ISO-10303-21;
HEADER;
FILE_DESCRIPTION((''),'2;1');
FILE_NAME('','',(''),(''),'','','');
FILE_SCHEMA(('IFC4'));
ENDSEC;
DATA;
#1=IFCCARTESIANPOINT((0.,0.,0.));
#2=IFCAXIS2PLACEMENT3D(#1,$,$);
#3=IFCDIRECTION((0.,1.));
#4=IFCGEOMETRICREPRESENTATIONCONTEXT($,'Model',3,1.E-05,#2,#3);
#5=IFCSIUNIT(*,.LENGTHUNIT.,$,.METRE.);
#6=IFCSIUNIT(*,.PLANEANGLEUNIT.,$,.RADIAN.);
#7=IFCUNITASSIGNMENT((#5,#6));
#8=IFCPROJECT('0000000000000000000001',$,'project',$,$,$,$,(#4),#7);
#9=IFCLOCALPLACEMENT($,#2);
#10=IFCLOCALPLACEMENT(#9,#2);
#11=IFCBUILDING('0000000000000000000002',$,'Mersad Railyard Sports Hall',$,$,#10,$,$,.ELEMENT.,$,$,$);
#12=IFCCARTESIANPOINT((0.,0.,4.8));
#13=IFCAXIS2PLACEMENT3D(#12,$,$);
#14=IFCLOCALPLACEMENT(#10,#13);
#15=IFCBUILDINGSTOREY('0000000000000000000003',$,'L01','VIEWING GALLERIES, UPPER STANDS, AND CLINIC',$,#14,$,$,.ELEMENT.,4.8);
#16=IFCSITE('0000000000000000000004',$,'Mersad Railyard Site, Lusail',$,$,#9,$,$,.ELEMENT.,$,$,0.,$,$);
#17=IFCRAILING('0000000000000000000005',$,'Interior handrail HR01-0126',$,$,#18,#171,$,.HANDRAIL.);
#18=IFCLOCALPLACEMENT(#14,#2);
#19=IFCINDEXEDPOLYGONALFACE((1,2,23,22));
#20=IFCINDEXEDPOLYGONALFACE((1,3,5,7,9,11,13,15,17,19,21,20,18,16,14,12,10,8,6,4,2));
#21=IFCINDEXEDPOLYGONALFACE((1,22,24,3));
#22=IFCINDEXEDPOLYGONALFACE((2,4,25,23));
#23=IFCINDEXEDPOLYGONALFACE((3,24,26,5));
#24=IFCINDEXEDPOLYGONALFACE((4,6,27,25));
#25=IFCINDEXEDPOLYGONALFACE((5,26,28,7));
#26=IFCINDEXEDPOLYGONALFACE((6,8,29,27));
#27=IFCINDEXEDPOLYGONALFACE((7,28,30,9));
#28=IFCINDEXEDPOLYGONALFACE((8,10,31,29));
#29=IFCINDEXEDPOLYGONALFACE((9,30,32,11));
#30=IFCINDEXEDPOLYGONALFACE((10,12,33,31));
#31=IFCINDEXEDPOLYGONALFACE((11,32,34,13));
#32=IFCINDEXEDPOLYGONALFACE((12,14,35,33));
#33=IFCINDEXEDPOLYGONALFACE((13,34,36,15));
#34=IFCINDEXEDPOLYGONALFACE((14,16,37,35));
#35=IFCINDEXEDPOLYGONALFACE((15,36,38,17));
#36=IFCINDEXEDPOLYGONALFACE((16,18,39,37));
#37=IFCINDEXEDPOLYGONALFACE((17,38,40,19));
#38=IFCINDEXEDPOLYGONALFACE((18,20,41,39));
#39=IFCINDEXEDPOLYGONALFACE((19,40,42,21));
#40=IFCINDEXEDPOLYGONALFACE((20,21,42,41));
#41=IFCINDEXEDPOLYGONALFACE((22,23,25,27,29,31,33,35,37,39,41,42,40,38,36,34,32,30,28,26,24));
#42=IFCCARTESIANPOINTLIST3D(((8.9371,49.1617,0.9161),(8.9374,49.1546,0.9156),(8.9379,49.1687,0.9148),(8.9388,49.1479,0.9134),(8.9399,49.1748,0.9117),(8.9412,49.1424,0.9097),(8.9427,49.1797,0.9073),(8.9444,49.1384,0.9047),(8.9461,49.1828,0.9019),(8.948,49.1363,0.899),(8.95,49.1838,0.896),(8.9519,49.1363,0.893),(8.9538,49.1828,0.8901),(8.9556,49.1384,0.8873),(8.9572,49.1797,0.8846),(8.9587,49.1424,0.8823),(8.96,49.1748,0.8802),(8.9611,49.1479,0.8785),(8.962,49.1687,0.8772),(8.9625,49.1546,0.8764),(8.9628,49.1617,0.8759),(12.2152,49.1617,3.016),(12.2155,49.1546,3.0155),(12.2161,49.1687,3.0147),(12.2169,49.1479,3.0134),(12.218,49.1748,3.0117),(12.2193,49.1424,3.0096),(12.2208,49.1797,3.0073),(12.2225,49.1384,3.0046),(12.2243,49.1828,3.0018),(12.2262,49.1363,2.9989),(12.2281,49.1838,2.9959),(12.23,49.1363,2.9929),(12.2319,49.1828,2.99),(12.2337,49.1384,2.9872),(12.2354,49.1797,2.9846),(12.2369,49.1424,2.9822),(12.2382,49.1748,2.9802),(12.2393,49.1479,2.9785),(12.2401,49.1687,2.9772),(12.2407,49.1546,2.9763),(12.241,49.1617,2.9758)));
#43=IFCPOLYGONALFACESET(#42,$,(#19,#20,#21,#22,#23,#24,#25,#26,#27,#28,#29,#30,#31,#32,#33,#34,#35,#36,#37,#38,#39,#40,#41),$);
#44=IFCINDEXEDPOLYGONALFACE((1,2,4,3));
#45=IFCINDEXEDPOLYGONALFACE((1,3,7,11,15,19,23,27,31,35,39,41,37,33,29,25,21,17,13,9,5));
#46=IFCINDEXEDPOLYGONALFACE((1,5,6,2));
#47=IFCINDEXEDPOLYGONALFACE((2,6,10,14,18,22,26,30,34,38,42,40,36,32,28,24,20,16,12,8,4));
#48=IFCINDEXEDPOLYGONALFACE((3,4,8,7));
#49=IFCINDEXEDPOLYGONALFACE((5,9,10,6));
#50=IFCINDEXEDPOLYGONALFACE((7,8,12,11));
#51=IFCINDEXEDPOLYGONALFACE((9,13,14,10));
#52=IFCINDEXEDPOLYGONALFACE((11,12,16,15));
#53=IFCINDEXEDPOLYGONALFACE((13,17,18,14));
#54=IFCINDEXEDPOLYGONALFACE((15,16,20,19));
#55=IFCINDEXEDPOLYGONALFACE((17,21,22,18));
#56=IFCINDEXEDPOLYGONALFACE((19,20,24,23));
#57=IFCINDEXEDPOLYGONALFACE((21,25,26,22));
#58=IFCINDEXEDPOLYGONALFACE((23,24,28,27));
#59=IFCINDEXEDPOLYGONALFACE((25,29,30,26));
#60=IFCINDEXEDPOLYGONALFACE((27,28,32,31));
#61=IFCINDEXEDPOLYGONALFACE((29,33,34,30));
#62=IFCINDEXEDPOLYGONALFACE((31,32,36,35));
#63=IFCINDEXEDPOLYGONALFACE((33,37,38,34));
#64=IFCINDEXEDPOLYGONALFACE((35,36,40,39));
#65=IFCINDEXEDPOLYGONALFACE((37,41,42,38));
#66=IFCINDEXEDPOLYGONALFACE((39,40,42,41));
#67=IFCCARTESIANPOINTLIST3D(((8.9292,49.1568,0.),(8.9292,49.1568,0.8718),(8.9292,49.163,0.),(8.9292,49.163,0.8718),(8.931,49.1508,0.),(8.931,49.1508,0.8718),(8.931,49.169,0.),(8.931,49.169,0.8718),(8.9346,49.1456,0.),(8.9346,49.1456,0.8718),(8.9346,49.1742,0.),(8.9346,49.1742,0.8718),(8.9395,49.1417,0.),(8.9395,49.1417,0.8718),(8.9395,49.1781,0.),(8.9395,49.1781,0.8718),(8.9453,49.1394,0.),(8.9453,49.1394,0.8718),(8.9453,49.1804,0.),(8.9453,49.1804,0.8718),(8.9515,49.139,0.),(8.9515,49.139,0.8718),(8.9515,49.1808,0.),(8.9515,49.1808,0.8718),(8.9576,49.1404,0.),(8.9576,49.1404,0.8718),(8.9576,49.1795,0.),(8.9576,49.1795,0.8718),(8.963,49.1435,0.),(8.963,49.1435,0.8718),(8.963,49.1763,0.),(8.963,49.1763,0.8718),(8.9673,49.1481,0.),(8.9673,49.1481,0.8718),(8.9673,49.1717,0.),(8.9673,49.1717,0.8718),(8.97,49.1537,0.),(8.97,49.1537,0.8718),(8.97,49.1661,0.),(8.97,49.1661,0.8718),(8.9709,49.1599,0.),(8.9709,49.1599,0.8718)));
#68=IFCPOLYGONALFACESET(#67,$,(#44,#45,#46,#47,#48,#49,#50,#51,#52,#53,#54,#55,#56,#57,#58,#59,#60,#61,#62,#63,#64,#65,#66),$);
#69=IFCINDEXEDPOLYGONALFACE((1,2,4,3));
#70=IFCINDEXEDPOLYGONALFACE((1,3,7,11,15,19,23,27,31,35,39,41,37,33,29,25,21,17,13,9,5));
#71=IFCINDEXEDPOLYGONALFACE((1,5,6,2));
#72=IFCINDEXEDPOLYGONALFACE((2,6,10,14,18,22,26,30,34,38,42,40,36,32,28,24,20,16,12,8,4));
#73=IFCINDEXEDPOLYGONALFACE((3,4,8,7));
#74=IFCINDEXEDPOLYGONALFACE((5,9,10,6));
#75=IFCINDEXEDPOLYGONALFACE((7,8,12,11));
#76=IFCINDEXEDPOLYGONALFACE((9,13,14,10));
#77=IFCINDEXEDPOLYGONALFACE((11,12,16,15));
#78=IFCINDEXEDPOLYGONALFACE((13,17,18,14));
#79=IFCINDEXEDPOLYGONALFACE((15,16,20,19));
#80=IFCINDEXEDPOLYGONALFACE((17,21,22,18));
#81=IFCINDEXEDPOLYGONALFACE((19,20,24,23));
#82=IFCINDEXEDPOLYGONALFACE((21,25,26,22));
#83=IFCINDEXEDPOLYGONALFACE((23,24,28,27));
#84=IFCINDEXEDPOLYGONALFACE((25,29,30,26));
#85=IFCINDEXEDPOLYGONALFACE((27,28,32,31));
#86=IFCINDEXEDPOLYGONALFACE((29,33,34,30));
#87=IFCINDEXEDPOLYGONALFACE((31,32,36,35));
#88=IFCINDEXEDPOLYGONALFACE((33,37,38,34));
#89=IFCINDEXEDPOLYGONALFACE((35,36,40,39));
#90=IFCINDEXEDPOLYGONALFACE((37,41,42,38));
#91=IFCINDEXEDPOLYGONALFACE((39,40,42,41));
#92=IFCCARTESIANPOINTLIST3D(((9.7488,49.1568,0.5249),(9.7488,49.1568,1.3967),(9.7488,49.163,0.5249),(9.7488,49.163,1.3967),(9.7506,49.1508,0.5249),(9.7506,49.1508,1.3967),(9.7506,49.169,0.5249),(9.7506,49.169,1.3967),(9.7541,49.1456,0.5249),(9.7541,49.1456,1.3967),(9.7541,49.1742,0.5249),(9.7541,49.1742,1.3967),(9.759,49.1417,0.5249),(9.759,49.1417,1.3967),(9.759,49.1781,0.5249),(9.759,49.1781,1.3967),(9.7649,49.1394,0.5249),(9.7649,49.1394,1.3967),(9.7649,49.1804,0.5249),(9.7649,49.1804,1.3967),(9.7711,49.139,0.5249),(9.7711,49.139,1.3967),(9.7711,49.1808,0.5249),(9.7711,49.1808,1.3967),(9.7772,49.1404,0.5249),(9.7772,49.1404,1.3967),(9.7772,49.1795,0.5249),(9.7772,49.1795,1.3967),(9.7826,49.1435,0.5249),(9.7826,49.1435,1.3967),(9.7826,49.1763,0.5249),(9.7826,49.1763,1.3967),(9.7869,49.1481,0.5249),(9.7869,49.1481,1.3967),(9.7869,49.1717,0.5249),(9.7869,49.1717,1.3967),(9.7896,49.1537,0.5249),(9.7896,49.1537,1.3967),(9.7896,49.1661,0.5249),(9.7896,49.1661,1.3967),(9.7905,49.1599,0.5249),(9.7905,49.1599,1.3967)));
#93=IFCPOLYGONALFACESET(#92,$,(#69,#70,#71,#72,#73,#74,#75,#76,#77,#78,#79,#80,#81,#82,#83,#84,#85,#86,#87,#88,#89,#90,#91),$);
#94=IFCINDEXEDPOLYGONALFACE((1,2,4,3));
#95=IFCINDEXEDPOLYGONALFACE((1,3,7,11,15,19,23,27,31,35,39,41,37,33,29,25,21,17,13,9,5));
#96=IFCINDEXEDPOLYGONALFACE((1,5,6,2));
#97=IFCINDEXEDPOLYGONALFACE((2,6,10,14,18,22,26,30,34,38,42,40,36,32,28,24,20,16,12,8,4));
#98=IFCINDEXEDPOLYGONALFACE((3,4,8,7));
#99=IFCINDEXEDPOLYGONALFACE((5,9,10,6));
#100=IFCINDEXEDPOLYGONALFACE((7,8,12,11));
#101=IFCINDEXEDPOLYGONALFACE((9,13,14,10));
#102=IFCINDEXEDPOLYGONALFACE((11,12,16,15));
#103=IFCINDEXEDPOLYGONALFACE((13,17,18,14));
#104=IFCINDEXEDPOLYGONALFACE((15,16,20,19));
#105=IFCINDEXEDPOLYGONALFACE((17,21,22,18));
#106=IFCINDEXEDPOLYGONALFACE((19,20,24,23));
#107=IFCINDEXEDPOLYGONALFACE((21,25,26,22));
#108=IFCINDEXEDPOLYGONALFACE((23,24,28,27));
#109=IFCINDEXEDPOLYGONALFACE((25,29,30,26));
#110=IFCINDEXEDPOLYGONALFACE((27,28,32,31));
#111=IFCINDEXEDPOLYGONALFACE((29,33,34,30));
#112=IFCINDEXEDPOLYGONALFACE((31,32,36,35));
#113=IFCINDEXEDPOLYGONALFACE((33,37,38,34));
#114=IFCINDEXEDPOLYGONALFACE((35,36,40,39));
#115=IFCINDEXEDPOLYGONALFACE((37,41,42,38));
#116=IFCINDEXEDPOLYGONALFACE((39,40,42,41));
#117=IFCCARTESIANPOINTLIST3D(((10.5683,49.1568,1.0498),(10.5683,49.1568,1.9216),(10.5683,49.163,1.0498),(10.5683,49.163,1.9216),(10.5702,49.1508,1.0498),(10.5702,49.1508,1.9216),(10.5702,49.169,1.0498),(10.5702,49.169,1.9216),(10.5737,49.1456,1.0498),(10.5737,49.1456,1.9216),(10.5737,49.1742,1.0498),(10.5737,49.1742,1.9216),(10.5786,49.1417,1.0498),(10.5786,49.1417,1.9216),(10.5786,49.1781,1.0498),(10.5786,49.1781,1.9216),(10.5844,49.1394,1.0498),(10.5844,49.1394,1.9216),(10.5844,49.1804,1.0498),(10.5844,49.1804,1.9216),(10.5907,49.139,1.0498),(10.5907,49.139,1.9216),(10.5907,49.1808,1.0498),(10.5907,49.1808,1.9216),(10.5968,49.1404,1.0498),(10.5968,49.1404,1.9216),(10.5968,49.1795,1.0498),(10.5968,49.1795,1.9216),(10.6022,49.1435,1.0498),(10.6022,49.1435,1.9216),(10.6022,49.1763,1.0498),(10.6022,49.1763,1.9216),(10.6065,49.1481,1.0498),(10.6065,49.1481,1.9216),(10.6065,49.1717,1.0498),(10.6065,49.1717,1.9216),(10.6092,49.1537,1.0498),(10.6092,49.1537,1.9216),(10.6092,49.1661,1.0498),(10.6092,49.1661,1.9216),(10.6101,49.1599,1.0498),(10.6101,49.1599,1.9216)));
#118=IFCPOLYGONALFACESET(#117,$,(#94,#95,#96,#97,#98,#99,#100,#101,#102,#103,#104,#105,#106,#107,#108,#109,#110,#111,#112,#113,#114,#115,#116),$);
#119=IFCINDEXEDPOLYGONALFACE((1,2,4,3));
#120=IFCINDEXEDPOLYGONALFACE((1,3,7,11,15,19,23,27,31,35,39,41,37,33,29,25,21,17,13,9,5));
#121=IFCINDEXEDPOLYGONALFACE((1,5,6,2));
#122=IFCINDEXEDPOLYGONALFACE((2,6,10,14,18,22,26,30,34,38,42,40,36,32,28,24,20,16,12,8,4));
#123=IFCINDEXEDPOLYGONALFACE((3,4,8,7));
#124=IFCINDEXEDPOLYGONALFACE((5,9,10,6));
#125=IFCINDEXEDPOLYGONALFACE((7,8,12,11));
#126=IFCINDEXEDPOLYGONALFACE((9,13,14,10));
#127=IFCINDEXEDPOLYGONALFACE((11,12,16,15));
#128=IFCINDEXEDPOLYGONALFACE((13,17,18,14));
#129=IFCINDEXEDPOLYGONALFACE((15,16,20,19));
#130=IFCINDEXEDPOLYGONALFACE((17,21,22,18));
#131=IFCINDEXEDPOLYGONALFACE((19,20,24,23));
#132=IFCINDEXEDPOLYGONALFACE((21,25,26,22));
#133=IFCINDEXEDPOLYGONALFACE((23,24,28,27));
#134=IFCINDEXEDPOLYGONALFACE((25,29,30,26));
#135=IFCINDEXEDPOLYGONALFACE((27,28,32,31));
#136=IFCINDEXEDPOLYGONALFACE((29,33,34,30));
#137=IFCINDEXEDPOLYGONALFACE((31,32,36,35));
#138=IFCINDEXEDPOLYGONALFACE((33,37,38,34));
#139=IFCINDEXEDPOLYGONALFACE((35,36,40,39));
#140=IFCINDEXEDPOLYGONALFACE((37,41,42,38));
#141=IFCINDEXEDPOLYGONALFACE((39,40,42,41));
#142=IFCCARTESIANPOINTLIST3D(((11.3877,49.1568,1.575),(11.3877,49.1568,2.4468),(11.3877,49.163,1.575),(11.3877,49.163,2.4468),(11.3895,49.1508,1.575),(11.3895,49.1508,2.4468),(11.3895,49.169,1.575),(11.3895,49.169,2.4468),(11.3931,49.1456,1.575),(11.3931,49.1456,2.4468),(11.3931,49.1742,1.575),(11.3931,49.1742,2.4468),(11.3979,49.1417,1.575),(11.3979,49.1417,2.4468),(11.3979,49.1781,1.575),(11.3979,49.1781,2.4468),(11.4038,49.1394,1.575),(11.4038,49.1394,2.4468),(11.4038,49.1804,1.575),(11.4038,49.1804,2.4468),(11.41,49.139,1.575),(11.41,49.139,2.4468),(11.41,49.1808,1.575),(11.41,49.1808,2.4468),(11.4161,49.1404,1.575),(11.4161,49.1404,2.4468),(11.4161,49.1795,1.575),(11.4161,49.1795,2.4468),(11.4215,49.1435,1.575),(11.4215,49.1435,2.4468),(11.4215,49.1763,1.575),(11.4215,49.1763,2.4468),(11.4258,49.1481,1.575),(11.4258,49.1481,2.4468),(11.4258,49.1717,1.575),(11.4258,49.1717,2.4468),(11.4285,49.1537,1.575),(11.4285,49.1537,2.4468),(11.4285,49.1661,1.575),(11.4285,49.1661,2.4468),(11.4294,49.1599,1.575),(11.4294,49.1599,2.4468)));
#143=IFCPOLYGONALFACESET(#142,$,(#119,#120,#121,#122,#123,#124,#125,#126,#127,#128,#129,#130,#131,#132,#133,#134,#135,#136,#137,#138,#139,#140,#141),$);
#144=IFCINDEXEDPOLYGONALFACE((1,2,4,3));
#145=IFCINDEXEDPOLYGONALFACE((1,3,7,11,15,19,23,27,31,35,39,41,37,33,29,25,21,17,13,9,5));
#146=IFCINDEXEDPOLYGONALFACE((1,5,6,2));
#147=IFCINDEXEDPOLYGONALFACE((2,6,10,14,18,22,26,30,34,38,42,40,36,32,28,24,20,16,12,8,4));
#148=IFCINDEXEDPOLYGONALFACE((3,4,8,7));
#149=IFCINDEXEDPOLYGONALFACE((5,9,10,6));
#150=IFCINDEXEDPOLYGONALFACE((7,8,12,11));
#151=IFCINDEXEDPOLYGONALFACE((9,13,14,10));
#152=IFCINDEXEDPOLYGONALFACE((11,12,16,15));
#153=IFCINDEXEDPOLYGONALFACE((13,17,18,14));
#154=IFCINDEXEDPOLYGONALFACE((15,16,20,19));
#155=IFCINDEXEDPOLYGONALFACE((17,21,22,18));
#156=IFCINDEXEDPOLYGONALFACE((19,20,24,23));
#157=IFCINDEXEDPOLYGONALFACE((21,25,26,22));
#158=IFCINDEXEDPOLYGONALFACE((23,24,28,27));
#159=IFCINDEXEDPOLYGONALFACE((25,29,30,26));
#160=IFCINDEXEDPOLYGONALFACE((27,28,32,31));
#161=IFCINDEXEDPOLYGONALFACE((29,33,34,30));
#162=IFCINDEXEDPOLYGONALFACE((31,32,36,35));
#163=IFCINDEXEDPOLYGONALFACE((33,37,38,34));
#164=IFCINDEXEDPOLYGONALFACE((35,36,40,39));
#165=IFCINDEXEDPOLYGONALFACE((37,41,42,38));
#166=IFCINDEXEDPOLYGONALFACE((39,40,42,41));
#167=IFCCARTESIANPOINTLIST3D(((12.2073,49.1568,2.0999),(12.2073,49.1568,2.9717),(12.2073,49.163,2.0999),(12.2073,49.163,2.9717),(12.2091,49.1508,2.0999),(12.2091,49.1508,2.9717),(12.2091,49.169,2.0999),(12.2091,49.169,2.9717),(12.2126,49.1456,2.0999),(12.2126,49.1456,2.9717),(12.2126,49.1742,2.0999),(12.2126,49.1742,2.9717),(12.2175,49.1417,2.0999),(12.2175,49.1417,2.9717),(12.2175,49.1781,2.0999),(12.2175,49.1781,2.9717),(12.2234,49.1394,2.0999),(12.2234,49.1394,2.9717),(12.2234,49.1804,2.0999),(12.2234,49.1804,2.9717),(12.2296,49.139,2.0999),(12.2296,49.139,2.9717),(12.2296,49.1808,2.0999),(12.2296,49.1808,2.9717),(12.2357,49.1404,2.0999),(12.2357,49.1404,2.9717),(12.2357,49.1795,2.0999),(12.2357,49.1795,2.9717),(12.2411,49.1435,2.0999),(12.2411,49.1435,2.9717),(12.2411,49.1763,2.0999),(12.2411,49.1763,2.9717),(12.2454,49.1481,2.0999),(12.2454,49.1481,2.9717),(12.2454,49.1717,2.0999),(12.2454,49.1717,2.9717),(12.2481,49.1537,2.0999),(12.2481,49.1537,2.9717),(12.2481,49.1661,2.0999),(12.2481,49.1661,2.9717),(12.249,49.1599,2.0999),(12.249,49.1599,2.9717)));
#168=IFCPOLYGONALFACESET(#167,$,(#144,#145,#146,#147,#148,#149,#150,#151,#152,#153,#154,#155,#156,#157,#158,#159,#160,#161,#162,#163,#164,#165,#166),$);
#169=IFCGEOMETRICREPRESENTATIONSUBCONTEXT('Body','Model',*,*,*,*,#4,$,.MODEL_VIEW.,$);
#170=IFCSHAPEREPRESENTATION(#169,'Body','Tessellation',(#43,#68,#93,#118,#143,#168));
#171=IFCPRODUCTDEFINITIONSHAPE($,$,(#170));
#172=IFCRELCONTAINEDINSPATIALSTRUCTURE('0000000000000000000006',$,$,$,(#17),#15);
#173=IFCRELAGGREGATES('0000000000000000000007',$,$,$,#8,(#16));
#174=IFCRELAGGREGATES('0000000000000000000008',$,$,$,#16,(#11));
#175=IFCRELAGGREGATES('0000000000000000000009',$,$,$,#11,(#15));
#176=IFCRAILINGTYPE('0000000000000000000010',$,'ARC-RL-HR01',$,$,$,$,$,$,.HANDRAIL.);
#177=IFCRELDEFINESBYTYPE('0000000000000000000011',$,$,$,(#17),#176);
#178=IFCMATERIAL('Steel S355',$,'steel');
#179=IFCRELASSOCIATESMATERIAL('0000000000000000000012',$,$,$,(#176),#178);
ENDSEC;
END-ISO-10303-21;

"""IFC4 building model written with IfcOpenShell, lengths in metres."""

from ifc_helpers import new_model, si_unit, direction, frame, origin, origin_2d, place, context, subcontext, project, spatial, circle, extrude, material, type_object, element, save


model = new_model("IFC4")

# Units and contexts
model_context = context("Model", 3, precision=1e-05, world=origin(), true_north=direction((0.0, 1.0)))
body_context = subcontext(model_context, "Body", "Model", "MODEL_VIEW")
ifc_project = project(units=[si_unit("LENGTHUNIT", "METRE"), si_unit("PLANEANGLEUNIT", "RADIAN")], contexts=[model_context])

# Site, building, storey
site_placement = place(None, origin())
site = spatial("IfcSite", under=ifc_project, at=site_placement, Name="Mersad Railyard Site, Lusail", CompositionType="ELEMENT", RefElevation=0.0)
building_placement = place(site_placement, origin())
building = spatial("IfcBuilding", under=site, at=building_placement, Name="Mersad Railyard Sports Hall", CompositionType="ELEMENT")
storey_placement = place(building_placement, frame((0.0, 0.0, 4.8)))
storey = spatial("IfcBuildingStorey", under=building, at=storey_placement, Name="L01", Description="VIEWING GALLERIES, UPPER STANDS, AND CLINIC", CompositionType="ELEMENT", Elevation=4.8)

# Shared definitions
ifc_material_1 = material(Name="Steel S355", Category="steel")

# Railing
railing_type_1 = type_object("IfcRailingType", Name="ARC-RL-HR01", PredefinedType="HANDRAIL", material=ifc_material_1)
railing_1_placement = place(storey_placement, frame((8.95, 49.1599, 0.0)))
element("IfcRailing", 1, at=railing_1_placement, inside=storey, type_object=railing_type_1, Name="Interior handrail HR01-0126", PredefinedType="HANDRAIL", context=body_context, shape_type="SweptSolid", body=[
    extrude(circle(Radius=0.0239, at=origin_2d()), frame((0.0, 0.0, 0.896), z_axis=(0.842052, 0.0, 0.539397), x_axis=(0.0, 1.0, 0.0)), (0.0, 0.0, 1.0), 3.8931),
    extrude(circle(Radius=0.021, at=origin_2d()), origin(), (0.0, 0.0, 1.0), 0.8718),
    extrude(circle(Radius=0.021, at=origin_2d()), frame((0.8196, 0.0, 0.5249)), (0.0, 0.0, 1.0), 0.8718),
    extrude(circle(Radius=0.021, at=origin_2d()), frame((1.6392, 0.0, 1.0498)), (0.0, 0.0, 1.0), 0.8718),
    extrude(circle(Radius=0.021, at=origin_2d()), frame((2.4585, 0.0, 1.575)), (0.0, 0.0, 1.0), 0.8718),
    extrude(circle(Radius=0.021, at=origin_2d()), frame((3.2781, 0.0, 2.0999)), (0.0, 0.0, 1.0), 0.8718),
])

save(model, "model.ifc")
